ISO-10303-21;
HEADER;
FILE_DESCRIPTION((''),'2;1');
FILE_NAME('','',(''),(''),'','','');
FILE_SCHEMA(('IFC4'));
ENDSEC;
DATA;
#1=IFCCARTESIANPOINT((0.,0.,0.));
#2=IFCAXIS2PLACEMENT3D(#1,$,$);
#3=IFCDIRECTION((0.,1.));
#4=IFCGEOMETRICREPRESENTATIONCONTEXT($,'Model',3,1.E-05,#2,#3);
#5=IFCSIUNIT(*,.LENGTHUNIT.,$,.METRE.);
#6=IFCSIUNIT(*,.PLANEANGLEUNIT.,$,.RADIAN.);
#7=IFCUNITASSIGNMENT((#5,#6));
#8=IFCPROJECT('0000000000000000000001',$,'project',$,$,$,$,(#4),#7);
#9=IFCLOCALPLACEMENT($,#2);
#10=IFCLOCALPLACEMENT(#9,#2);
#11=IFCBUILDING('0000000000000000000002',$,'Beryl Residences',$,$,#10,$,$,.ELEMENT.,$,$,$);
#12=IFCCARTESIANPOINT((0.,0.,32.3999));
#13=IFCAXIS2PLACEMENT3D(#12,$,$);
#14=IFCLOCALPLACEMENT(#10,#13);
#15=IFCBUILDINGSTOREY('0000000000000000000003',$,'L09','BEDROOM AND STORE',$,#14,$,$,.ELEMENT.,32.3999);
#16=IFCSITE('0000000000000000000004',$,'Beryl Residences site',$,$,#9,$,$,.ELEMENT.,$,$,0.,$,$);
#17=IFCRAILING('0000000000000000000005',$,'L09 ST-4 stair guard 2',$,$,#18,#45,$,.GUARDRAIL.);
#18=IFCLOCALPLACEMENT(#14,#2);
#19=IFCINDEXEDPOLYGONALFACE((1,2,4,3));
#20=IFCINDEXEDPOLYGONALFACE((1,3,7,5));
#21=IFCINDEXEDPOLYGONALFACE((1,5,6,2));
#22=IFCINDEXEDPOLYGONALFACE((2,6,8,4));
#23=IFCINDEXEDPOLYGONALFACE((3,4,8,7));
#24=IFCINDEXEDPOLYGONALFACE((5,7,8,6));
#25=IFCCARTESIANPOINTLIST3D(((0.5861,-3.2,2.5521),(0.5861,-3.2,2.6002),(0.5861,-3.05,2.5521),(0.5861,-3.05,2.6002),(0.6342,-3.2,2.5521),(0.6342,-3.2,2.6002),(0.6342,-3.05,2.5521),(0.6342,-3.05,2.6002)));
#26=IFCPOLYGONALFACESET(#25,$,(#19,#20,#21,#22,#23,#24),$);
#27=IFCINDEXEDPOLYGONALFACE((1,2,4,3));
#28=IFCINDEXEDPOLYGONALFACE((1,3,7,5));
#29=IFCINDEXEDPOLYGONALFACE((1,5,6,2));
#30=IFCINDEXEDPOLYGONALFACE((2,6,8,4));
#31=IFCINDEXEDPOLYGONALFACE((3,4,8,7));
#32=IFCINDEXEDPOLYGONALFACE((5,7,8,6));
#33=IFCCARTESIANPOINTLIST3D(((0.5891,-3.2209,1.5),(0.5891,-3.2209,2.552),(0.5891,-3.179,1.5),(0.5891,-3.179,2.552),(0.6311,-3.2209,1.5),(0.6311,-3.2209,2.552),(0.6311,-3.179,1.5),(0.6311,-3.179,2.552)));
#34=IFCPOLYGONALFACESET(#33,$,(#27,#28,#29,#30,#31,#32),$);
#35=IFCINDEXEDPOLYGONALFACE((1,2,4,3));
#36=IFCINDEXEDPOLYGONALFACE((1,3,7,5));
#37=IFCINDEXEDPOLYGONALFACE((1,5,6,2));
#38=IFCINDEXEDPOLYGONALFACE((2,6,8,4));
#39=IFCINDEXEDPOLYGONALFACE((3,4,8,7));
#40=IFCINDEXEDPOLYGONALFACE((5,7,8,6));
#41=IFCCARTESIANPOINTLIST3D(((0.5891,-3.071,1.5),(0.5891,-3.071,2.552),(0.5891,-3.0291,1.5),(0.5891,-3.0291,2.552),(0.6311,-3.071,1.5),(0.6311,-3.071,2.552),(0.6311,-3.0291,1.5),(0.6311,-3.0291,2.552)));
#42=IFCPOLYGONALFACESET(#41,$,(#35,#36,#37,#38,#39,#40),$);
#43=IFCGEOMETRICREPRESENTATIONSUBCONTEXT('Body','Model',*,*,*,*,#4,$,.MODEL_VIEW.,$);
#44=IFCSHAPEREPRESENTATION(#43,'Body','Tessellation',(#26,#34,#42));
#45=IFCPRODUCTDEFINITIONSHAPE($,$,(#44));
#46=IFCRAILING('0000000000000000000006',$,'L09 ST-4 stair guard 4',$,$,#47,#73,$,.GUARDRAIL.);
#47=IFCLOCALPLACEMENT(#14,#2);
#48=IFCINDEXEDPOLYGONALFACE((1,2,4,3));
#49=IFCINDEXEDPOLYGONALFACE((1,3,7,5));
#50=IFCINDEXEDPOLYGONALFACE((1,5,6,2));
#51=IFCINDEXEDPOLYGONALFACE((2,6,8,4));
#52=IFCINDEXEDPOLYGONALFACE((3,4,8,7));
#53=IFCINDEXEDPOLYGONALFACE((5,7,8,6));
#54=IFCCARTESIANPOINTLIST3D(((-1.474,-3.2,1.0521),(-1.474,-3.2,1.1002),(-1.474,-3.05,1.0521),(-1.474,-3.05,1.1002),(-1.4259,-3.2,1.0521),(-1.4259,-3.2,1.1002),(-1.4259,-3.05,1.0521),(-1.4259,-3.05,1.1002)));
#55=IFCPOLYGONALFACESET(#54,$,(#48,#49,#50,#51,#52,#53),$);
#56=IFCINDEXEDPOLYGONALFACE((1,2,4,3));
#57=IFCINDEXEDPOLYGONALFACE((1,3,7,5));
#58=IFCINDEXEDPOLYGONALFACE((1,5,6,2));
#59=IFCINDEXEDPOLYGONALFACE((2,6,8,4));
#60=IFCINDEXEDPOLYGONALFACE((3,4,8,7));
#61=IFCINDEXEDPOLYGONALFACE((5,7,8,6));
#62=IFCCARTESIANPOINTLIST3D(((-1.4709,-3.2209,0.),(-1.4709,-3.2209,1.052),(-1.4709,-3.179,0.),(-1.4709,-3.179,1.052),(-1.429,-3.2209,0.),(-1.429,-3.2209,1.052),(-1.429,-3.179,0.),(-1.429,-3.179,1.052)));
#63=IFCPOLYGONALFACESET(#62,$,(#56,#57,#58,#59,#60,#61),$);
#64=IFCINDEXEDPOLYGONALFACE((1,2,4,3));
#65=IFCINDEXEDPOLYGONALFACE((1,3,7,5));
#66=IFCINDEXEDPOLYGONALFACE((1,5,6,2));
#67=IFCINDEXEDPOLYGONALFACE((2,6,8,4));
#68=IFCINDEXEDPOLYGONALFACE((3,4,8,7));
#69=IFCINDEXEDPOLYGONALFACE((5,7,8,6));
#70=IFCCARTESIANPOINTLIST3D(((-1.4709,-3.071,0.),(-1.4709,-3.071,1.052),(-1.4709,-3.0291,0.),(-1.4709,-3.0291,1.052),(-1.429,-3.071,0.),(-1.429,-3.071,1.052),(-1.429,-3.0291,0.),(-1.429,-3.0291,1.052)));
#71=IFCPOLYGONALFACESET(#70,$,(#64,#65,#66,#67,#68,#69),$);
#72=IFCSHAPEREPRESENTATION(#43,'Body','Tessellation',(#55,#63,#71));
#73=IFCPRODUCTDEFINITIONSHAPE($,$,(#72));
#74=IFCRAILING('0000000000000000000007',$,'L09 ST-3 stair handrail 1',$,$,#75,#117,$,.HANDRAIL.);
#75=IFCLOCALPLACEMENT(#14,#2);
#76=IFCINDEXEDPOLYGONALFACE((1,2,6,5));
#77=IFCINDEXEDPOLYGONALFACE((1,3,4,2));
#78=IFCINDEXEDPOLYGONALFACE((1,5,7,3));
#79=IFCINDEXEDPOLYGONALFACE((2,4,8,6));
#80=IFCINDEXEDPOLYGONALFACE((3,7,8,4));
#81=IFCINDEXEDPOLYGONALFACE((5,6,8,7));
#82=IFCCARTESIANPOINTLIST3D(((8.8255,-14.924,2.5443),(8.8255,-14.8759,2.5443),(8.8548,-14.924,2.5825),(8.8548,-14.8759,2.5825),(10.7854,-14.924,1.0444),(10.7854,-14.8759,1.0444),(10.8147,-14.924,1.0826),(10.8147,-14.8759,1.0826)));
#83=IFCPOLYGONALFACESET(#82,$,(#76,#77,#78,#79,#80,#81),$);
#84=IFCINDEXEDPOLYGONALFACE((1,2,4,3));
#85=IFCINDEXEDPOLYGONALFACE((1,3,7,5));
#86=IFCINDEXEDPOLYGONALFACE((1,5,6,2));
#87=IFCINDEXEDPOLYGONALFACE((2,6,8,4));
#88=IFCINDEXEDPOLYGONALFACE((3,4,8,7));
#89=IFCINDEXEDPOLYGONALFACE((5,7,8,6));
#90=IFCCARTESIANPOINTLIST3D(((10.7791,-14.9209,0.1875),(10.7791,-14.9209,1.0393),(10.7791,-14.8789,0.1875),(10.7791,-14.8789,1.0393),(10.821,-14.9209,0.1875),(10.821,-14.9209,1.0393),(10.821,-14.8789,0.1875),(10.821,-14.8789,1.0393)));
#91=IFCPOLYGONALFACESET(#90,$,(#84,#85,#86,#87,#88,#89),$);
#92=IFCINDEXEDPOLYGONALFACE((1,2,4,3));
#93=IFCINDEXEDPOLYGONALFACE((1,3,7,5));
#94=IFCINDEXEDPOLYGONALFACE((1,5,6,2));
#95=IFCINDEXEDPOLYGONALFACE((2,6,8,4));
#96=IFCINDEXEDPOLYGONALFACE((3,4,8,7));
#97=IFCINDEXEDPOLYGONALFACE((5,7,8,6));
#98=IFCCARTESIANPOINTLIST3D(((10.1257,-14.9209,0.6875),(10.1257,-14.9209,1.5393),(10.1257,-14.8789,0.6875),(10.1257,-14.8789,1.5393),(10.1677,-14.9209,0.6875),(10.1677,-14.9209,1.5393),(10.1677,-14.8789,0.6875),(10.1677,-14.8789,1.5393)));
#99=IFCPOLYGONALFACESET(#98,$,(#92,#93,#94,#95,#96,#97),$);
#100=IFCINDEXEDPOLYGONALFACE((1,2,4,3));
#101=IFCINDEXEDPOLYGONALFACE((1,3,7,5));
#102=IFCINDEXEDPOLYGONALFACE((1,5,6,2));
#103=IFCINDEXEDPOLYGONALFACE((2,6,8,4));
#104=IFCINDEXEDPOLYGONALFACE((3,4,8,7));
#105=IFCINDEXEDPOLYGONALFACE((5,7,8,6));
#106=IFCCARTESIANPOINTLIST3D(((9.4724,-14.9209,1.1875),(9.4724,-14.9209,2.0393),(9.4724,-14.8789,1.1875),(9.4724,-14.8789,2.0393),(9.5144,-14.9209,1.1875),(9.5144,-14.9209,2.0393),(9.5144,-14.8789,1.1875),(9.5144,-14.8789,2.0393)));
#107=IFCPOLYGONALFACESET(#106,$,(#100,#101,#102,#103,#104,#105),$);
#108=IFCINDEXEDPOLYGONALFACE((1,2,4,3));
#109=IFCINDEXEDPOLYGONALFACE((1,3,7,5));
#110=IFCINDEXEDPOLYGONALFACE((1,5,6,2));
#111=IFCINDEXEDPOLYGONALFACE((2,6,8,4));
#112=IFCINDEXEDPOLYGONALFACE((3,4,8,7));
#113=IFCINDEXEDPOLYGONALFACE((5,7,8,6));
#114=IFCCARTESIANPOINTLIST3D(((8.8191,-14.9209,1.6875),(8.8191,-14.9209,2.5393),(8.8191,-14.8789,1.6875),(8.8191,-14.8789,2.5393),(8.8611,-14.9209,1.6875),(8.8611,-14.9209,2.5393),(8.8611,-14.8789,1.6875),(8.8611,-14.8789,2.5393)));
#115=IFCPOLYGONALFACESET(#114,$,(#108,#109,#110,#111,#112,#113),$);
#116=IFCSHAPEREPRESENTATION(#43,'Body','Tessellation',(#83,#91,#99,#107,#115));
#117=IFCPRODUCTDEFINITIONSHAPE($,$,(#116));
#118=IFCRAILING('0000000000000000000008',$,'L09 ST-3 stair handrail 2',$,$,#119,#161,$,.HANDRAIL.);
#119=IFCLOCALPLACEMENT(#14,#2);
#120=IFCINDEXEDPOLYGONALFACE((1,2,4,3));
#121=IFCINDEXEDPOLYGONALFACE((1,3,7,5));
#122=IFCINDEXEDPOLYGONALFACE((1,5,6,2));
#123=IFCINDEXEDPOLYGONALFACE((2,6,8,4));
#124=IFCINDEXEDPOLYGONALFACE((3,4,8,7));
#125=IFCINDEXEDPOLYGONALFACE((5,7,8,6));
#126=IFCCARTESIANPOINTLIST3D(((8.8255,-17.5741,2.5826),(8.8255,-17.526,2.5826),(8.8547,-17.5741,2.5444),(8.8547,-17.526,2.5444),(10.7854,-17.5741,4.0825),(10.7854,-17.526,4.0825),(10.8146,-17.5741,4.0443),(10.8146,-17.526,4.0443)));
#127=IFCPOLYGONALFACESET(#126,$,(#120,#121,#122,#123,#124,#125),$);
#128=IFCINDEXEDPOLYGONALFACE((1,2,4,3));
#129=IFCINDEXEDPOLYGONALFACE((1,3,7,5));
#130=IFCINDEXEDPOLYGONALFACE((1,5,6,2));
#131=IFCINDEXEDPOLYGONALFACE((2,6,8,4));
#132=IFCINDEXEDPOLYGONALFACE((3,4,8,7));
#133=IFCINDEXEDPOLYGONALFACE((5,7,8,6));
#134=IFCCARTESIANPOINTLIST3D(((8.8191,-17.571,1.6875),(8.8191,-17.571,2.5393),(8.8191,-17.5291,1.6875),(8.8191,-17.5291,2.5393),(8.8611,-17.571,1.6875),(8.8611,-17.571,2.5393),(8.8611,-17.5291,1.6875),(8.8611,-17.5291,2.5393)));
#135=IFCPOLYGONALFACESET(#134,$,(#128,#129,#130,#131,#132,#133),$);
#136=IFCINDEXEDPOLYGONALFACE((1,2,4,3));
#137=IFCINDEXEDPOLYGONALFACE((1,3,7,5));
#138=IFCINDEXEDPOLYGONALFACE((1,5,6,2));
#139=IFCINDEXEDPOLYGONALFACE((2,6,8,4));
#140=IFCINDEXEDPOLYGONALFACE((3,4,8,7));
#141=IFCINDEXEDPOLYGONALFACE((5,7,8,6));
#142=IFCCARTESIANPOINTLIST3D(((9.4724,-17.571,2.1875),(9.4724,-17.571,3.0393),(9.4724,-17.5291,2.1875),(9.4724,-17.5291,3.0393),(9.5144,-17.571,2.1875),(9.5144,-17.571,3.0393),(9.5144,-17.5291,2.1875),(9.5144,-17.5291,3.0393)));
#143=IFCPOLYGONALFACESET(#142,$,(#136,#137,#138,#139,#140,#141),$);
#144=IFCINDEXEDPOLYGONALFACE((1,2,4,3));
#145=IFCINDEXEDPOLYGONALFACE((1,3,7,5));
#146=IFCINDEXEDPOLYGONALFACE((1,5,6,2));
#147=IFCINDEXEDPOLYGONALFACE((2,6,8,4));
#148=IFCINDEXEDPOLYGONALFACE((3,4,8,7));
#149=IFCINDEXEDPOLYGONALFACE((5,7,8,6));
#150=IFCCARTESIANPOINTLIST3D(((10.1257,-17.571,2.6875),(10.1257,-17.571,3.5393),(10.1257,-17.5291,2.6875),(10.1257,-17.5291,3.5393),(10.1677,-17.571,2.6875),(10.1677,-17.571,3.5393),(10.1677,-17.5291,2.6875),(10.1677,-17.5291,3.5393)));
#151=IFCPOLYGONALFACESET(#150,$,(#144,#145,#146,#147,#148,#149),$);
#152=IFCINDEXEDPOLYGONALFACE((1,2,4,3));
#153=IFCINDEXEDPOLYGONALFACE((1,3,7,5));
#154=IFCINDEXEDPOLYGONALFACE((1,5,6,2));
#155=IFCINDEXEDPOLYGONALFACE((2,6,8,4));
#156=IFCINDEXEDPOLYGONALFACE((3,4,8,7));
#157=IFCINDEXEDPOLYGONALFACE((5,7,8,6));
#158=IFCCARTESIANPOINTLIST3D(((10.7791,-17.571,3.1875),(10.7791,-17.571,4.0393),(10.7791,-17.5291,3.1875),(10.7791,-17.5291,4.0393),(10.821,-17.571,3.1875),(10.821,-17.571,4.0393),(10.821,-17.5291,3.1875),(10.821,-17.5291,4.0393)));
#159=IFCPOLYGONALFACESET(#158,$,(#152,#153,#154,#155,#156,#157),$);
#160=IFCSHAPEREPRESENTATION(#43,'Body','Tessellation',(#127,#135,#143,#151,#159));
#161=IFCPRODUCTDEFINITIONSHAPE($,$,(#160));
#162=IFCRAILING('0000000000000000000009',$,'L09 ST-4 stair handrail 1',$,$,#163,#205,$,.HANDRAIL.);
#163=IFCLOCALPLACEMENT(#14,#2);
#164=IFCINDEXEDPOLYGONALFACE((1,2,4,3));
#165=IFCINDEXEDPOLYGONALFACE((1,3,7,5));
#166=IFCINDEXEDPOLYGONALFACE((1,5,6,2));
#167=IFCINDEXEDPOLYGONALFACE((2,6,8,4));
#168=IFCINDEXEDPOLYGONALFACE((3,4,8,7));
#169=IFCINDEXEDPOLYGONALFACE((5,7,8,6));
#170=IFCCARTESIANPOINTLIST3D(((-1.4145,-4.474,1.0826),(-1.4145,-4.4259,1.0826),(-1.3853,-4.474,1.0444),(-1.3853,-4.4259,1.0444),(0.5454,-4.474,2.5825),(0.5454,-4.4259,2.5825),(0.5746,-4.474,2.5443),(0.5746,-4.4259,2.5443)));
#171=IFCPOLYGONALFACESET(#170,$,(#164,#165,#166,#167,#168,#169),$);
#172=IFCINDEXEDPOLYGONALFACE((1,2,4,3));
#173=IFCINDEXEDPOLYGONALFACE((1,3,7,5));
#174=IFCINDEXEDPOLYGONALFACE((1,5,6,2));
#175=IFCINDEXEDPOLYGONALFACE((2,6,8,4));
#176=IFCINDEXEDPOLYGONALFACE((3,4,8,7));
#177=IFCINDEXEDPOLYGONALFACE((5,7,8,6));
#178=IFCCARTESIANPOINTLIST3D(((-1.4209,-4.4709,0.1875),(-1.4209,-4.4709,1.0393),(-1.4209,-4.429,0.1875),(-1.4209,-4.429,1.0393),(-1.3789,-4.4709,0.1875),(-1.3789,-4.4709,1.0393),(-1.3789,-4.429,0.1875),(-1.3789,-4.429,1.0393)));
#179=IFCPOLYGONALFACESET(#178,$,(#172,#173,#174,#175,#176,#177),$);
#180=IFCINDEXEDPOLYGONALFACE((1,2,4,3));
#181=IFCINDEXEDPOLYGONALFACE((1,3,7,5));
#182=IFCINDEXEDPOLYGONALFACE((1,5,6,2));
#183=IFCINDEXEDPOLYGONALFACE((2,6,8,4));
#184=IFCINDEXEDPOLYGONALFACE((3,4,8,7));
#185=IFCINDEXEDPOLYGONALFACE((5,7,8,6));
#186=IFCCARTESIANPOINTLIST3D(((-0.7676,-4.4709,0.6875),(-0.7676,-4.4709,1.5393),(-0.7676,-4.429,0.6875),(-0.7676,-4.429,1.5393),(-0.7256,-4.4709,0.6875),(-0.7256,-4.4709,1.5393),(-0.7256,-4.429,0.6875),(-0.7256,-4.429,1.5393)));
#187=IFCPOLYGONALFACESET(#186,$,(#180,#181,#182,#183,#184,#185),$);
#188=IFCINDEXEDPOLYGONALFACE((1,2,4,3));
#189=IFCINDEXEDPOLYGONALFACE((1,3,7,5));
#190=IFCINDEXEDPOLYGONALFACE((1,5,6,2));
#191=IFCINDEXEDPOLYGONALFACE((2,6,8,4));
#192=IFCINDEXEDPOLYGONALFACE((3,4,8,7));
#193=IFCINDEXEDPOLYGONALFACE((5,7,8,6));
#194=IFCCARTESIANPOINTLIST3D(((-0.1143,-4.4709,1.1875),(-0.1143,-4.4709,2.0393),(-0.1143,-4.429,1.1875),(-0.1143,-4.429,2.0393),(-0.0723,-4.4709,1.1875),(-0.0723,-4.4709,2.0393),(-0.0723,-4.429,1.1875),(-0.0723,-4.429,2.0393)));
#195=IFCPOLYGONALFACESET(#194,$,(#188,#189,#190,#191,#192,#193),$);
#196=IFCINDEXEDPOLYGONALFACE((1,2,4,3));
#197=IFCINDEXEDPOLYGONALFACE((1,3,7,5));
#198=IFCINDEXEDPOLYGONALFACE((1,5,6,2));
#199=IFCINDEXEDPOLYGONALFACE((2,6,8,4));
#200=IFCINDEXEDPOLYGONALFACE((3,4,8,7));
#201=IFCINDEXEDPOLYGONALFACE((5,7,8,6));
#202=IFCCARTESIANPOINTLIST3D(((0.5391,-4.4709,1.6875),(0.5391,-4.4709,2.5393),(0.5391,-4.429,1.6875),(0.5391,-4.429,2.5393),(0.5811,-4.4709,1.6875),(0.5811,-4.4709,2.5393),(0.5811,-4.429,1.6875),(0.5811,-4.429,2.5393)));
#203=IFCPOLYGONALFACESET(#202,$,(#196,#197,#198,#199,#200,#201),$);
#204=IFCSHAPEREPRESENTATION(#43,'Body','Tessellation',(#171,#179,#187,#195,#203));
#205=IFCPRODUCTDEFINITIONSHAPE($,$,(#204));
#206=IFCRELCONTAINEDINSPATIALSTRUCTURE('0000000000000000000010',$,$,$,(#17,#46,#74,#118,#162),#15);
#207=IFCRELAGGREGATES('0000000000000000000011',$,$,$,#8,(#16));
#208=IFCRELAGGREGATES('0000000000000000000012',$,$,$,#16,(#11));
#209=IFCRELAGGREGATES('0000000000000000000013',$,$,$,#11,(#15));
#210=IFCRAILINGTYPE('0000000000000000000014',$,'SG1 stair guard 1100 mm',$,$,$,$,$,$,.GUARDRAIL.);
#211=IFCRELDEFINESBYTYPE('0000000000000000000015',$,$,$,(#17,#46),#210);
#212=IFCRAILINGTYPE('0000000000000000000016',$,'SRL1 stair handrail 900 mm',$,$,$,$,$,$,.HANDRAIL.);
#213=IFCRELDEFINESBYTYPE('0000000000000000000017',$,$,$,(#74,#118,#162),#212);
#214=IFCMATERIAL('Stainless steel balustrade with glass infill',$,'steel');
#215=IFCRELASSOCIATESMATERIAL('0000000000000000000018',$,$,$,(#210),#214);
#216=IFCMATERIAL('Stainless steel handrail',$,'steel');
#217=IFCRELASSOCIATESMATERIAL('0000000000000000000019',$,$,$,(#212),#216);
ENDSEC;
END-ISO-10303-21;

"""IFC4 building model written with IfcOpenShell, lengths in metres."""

from ifc_helpers import new_model, si_unit, direction, frame, origin, origin_2d, place, context, subcontext, project, spatial, rectangle, extrude, material, type_object, element, save


model = new_model("IFC4")

# Units and contexts
model_context = context("Model", 3, precision=1e-05, world=origin(), true_north=direction((0.0, 1.0)))
body_context = subcontext(model_context, "Body", "Model", "MODEL_VIEW")
ifc_project = project(units=[si_unit("LENGTHUNIT", "METRE"), si_unit("PLANEANGLEUNIT", "RADIAN")], contexts=[model_context])

# Site, building, storey
site_placement = place(None, origin())
site = spatial("IfcSite", under=ifc_project, at=site_placement, Name="Beryl Residences site", CompositionType="ELEMENT", RefElevation=0.0)
building_placement = place(site_placement, origin())
building = spatial("IfcBuilding", under=site, at=building_placement, Name="Beryl Residences", CompositionType="ELEMENT")
storey_placement = place(building_placement, frame((0.0, 0.0, 32.3999)))
storey = spatial("IfcBuildingStorey", under=building, at=storey_placement, Name="L09", Description="BEDROOM AND STORE", CompositionType="ELEMENT", Elevation=32.3999)

# Railings
ifc_material_1 = material(Name="Stainless steel balustrade with glass infill", Category="steel")
railing_type_1 = type_object("IfcRailingType", Name="SG1 stair guard 1100 mm", PredefinedType="GUARDRAIL", material=ifc_material_1)
for number, where, name in (
    (1, (0.6101, -3.2, 1.5), "L09 ST-4 stair guard 2"),
    (2, (-1.45, -3.2, 0.0), "L09 ST-4 stair guard 4"),
):
    element("IfcRailing", number, at=place(storey_placement, frame(where)), inside=storey, type_object=railing_type_1, Name=name, PredefinedType="GUARDRAIL", context=body_context, shape_type="SweptSolid", body=[
        extrude(rectangle(XDim=0.0481, YDim=0.0481, at=origin_2d()), frame((0.0, 0.0, 1.0762), z_axis=(0.0, 1.0, 0.0), x_axis=(-1.0, 0.0, 0.0)), (0.0, 0.0, 1.0), 0.1499),
        extrude(rectangle(XDim=0.042, YDim=0.042, at=origin_2d()), origin(), (0.0, 0.0, 1.0), 1.052),
        extrude(rectangle(XDim=0.042, YDim=0.042, at=origin_2d()), frame((0.0, 0.1499, 0.0)), (0.0, 0.0, 1.0), 1.052),
    ])
ifc_material_2 = material(Name="Stainless steel handrail", Category="steel")
railing_type_2 = type_object("IfcRailingType", Name="SRL1 stair handrail 900 mm", PredefinedType="HANDRAIL", material=ifc_material_2)
railing_1_placement = place(storey_placement, frame((10.8, -14.8999, 0.1875)))
element("IfcRailing", 3, at=railing_1_placement, inside=storey, type_object=railing_type_2, Name="L09 ST-3 stair handrail 1", PredefinedType="HANDRAIL", context=body_context, shape_type="SweptSolid", body=[
    extrude(rectangle(XDim=0.0481, YDim=0.0481, at=origin_2d()), frame((0.0, 0.0, 0.876), z_axis=(-0.794122, 0.0, 0.607758), x_axis=(0.0, -1.0, 0.0)), (0.0, 0.0, 1.0), 2.468),
    extrude(rectangle(XDim=0.042, YDim=0.042, at=origin_2d()), origin(), (0.0, 0.0, 1.0), 0.8518),
    extrude(rectangle(XDim=0.042, YDim=0.042, at=origin_2d()), frame((-0.6533, 0.0, 0.5)), (0.0, 0.0, 1.0), 0.8518),
    extrude(rectangle(XDim=0.042, YDim=0.042, at=origin_2d()), frame((-1.3066, 0.0, 1.0)), (0.0, 0.0, 1.0), 0.8518),
    extrude(rectangle(XDim=0.042, YDim=0.042, at=origin_2d()), frame((-1.96, 0.0, 1.5)), (0.0, 0.0, 1.0), 0.8518),
])
for number, where, name in (
    (4, (8.8401, -17.55, 1.6875), "L09 ST-3 stair handrail 2"),
    (5, (-1.3999, -4.45, 0.1875), "L09 ST-4 stair handrail 1"),
):
    element("IfcRailing", number, at=place(storey_placement, frame(where)), inside=storey, type_object=railing_type_2, Name=name, PredefinedType="HANDRAIL", context=body_context, shape_type="SweptSolid", body=[
        extrude(rectangle(XDim=0.0481, YDim=0.0481, at=origin_2d()), frame((0.0, 0.0, 0.876), z_axis=(0.794122, 0.0, 0.607758), x_axis=(0.0, 1.0, 0.0)), (0.0, 0.0, 1.0), 2.468),
        extrude(rectangle(XDim=0.042, YDim=0.042, at=origin_2d()), origin(), (0.0, 0.0, 1.0), 0.8518),
        extrude(rectangle(XDim=0.042, YDim=0.042, at=origin_2d()), frame((0.6533, 0.0, 0.5)), (0.0, 0.0, 1.0), 0.8518),
        extrude(rectangle(XDim=0.042, YDim=0.042, at=origin_2d()), frame((1.3066, 0.0, 1.0)), (0.0, 0.0, 1.0), 0.8518),
        extrude(rectangle(XDim=0.042, YDim=0.042, at=origin_2d()), frame((1.96, 0.0, 1.5)), (0.0, 0.0, 1.0), 0.8518),
    ])

save(model, "model.ifc")
